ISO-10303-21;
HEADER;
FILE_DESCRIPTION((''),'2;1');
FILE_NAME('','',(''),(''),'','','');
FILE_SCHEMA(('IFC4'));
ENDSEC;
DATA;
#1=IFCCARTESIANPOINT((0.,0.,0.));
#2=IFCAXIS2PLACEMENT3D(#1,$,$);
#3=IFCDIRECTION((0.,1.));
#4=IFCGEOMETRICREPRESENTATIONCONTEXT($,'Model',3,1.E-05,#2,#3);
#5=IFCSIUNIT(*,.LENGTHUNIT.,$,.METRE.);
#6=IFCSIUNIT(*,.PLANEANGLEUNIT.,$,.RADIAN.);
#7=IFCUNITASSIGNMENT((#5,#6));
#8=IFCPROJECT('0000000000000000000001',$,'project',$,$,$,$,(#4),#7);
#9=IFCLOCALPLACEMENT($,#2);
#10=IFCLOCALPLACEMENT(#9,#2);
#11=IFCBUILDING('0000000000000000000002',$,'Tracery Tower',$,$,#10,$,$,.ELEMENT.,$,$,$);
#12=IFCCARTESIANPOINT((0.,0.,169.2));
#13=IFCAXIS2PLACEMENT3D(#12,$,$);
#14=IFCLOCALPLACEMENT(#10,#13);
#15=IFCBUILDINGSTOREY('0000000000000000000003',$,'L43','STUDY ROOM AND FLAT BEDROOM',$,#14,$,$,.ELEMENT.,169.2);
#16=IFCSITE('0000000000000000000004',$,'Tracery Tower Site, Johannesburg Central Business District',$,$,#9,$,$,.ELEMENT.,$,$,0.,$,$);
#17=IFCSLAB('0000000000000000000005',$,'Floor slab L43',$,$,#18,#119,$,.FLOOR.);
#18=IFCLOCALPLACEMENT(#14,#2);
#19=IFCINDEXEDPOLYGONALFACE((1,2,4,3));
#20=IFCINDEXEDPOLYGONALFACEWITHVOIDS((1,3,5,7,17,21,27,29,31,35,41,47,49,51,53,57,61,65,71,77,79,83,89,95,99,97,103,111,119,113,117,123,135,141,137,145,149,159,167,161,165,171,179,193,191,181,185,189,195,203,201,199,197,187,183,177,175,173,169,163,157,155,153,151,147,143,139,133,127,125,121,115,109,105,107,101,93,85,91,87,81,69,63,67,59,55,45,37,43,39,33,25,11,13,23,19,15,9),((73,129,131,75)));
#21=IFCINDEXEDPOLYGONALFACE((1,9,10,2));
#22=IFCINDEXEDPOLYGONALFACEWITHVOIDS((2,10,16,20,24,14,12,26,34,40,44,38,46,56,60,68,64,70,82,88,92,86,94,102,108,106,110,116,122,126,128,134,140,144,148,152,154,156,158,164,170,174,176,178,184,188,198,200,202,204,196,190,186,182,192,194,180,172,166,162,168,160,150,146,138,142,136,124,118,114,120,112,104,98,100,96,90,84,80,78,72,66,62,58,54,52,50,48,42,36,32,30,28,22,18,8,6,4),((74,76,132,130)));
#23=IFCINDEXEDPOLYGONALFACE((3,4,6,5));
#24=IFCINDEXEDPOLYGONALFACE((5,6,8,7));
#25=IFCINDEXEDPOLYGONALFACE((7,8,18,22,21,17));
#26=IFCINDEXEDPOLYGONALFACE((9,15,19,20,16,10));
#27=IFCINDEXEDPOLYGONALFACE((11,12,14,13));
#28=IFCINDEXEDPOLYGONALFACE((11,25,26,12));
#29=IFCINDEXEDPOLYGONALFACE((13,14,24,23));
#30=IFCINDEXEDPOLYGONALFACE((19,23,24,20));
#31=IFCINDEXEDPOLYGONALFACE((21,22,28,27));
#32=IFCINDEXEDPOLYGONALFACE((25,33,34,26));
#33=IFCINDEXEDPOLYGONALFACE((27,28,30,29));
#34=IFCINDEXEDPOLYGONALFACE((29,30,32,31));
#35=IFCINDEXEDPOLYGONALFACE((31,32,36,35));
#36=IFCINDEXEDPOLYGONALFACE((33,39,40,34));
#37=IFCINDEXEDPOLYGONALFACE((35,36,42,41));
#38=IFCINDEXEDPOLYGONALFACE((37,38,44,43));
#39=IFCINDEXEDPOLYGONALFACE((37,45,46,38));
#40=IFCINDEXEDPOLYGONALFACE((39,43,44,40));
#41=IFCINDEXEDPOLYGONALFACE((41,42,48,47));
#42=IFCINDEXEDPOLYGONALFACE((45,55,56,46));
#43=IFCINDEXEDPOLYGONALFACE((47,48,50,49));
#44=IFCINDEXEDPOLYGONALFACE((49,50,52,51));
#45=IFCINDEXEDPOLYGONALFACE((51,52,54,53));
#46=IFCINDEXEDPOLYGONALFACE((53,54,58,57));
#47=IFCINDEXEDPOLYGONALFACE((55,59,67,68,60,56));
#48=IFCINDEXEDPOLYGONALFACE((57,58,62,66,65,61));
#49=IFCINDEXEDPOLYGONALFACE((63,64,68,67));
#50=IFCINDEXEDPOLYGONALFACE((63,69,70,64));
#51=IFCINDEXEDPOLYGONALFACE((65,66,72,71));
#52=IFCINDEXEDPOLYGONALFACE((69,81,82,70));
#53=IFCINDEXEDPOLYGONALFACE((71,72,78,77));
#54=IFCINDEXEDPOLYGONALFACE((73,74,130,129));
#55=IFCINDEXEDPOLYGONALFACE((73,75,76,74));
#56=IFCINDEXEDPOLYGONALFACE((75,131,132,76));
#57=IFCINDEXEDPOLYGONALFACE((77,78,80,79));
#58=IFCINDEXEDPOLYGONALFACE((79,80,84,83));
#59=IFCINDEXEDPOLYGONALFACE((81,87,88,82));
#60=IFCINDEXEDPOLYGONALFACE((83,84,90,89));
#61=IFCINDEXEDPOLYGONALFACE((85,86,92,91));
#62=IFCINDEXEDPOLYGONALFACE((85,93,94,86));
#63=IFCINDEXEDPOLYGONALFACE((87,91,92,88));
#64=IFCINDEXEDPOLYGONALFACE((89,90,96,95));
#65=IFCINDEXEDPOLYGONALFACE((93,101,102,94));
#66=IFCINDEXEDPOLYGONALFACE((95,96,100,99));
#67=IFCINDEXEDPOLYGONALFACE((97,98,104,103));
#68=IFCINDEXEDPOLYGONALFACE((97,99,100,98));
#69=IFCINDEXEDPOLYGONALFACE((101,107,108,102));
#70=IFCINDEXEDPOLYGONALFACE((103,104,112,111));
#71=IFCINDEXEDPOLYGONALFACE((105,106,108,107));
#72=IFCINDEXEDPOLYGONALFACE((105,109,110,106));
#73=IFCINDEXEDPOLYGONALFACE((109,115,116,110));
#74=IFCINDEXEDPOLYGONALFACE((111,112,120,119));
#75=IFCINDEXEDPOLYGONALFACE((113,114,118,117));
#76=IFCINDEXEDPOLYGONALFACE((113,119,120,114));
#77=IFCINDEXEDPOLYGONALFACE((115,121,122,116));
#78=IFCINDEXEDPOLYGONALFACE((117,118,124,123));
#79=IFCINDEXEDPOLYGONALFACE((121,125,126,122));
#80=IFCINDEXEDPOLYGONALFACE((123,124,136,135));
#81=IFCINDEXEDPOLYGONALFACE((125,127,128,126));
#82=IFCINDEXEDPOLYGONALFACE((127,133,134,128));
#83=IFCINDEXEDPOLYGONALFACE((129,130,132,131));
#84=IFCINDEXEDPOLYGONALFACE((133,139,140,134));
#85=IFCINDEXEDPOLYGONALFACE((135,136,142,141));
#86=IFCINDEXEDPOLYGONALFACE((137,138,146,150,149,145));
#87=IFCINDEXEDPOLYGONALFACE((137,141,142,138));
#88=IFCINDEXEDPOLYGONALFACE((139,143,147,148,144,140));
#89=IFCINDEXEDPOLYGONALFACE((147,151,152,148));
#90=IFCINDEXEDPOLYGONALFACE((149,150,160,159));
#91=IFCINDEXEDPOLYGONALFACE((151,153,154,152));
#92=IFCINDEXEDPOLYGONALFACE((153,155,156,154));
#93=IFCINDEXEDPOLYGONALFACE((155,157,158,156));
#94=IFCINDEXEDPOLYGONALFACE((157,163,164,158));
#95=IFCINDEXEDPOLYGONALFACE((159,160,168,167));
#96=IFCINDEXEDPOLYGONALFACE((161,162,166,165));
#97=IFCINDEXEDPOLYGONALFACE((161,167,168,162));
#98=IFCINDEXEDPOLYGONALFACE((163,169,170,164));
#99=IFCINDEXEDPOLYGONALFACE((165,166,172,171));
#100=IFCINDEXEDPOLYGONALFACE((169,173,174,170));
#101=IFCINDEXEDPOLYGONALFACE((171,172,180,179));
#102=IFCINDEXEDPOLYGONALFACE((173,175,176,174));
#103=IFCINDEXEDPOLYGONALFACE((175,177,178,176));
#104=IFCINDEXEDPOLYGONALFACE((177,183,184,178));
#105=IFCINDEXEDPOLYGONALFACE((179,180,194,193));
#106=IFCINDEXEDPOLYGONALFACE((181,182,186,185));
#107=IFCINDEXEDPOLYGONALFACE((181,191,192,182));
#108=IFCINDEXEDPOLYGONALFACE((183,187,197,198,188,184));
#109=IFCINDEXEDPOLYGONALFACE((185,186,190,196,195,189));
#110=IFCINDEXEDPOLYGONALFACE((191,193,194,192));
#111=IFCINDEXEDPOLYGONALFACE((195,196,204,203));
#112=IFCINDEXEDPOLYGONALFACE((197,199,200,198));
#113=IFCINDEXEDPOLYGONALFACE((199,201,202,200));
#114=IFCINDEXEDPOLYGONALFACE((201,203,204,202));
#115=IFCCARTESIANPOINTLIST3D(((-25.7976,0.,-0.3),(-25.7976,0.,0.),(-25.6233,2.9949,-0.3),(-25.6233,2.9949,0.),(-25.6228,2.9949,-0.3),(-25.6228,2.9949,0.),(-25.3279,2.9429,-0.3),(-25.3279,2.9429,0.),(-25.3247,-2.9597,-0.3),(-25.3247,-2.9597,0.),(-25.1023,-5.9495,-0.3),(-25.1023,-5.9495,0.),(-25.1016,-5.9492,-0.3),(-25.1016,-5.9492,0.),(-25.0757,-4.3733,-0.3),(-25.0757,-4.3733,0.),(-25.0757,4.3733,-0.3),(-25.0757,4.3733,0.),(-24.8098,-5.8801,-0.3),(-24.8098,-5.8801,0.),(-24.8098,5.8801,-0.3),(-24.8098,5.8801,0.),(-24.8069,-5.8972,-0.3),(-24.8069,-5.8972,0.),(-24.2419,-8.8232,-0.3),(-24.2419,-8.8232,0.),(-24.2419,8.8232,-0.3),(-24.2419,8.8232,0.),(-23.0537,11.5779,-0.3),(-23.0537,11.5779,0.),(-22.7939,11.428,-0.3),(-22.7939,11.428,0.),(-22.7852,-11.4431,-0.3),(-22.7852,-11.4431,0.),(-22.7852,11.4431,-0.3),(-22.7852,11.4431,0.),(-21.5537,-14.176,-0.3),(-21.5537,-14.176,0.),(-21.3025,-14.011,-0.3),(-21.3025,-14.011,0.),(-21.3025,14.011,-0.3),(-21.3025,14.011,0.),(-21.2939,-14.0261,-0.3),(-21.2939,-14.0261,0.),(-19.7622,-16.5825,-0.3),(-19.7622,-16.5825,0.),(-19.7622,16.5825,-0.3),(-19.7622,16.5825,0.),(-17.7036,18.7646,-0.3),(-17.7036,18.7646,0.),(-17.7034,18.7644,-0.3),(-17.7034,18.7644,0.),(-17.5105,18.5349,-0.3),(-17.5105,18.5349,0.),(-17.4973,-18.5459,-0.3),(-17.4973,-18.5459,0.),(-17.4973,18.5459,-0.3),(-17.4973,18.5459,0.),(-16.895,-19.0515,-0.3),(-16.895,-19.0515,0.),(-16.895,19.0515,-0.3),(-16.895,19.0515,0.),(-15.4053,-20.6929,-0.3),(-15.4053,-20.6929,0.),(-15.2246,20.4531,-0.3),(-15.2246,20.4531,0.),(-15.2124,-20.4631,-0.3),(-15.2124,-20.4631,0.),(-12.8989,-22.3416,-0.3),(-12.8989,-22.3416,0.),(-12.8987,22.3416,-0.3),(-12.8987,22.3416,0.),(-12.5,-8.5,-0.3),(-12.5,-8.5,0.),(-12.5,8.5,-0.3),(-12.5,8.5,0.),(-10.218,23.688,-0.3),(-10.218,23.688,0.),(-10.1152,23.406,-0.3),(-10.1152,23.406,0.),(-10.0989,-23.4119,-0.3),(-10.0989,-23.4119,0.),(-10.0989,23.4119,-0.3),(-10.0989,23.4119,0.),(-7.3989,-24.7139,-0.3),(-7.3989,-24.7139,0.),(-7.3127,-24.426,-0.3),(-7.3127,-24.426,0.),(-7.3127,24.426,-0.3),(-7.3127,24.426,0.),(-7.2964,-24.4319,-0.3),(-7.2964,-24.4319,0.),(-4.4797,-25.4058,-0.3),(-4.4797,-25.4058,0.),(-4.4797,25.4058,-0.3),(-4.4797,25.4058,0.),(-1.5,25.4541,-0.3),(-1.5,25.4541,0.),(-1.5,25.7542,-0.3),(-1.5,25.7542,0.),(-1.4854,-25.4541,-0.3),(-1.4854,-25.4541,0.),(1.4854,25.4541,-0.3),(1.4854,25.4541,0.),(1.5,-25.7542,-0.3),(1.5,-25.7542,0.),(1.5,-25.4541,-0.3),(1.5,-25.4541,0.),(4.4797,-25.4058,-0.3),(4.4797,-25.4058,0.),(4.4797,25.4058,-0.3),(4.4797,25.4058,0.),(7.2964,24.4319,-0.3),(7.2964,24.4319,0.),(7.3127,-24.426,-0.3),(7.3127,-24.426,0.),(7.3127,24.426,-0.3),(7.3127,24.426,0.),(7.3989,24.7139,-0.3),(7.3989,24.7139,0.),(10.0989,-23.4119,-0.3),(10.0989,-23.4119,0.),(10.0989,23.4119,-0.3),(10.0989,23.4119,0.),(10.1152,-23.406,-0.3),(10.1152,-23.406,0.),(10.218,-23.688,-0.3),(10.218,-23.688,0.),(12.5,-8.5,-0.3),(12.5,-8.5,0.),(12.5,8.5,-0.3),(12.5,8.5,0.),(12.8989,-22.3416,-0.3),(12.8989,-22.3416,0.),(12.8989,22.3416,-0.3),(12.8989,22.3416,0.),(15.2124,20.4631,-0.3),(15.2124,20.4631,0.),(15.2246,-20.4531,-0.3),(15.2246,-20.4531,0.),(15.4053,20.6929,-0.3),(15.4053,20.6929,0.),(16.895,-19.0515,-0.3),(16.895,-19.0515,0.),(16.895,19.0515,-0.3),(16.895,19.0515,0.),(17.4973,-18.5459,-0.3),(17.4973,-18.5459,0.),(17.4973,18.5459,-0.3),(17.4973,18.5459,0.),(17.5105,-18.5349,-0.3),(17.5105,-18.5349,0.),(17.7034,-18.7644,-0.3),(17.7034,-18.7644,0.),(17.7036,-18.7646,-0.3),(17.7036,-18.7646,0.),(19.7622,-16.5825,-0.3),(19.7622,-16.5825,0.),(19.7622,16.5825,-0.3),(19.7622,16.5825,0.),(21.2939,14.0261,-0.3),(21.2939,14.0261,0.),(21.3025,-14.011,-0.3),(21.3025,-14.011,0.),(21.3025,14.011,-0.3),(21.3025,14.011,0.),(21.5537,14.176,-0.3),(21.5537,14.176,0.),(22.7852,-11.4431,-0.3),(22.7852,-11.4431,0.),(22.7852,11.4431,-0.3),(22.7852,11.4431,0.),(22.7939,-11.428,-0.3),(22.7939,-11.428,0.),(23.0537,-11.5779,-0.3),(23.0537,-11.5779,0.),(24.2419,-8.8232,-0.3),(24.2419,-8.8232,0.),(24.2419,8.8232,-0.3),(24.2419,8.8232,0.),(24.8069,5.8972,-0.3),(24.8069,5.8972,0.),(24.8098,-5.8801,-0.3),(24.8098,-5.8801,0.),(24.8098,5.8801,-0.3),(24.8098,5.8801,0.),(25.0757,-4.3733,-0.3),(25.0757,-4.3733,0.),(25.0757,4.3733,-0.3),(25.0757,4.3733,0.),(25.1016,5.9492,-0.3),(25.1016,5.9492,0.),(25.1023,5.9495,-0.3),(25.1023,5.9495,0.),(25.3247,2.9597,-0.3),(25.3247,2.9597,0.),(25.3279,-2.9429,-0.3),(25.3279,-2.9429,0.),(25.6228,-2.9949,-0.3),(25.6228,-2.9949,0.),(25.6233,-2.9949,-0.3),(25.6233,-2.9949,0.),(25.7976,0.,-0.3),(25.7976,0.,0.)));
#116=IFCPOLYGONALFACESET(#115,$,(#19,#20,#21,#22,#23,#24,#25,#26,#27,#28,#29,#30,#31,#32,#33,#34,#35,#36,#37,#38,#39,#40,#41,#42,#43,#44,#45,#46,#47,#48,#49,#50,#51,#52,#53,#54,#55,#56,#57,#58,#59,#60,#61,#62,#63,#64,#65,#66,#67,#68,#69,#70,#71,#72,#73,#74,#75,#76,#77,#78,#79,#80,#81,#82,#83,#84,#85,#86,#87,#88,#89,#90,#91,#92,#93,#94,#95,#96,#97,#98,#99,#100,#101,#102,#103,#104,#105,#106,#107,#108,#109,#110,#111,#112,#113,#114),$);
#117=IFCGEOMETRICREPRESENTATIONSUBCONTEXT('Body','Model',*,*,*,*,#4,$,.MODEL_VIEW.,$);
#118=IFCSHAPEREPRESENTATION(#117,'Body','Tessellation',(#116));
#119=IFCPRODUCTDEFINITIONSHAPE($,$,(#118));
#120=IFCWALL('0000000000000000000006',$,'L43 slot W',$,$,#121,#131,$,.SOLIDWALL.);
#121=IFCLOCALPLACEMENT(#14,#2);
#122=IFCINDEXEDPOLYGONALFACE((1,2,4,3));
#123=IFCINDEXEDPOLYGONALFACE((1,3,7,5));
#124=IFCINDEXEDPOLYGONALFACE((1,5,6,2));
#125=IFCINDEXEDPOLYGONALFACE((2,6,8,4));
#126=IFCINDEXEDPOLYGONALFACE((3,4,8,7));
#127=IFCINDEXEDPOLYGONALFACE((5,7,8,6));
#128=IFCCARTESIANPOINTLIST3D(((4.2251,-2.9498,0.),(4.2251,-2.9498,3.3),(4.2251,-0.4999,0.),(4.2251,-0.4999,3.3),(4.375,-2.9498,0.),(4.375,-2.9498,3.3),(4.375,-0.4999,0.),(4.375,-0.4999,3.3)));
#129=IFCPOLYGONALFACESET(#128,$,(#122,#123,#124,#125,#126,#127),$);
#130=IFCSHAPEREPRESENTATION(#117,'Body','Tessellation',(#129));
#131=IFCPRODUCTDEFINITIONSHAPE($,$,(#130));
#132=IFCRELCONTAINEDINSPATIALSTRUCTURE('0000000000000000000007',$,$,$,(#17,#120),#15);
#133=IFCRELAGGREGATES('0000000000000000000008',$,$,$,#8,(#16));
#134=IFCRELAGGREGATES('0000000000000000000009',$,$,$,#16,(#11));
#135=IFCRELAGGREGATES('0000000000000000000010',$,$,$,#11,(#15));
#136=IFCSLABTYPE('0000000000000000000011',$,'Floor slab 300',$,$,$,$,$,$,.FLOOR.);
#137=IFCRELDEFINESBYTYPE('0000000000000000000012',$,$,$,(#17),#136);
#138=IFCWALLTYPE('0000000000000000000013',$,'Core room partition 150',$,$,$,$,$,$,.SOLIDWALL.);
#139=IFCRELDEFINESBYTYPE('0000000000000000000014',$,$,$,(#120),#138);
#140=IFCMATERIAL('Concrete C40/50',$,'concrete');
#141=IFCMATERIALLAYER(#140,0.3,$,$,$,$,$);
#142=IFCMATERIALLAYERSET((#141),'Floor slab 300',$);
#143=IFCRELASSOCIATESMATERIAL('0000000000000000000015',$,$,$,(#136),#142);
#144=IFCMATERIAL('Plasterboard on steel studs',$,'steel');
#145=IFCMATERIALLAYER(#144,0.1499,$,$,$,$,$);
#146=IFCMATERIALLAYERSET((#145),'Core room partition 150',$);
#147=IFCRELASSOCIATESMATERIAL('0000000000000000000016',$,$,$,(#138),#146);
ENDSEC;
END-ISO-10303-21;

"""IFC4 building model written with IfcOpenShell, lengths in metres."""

from ifc_helpers import new_model, si_unit, direction, frame, frame_2d, origin, place, context, subcontext, project, spatial, polyline, rectangle, outline, extrude, material, layer, layer_set, type_object, element, save


model = new_model("IFC4")

# Units and contexts
model_context = context("Model", 3, precision=1e-05, world=origin(), true_north=direction((0.0, 1.0)))
body_context = subcontext(model_context, "Body", "Model", "MODEL_VIEW")
ifc_project = project(units=[si_unit("LENGTHUNIT", "METRE"), si_unit("PLANEANGLEUNIT", "RADIAN")], contexts=[model_context])

# Site, building, storey
site_placement = place(None, origin())
site = spatial("IfcSite", under=ifc_project, at=site_placement, Name="Tracery Tower Site, Johannesburg Central Business District", CompositionType="ELEMENT", RefElevation=0.0)
building_placement = place(site_placement, origin())
building = spatial("IfcBuilding", under=site, at=building_placement, Name="Tracery Tower", CompositionType="ELEMENT")
storey_placement = place(building_placement, frame((0.0, 0.0, 169.2)))
storey = spatial("IfcBuildingStorey", under=building, at=storey_placement, Name="L43", Description="STUDY ROOM AND FLAT BEDROOM", CompositionType="ELEMENT", Elevation=169.2)

# Slab
ifc_material_1 = material(Name="Concrete C40/50", Category="concrete")
ifc_layer_1 = layer(ifc_material_1, 0.3)
ifc_layer_set_1 = layer_set([ifc_layer_1], Name="Floor slab 300")
slab_type_1 = type_object("IfcSlabType", Name="Floor slab 300", PredefinedType="FLOOR", material=ifc_layer_set_1)
slab_1_placement = place(storey_placement, frame((0.0, 0.0, -0.3)))
element("IfcSlab", 1, at=slab_1_placement, inside=storey, type_object=slab_type_1, Name="Floor slab L43", PredefinedType="FLOOR", context=body_context, shape_type="SweptSolid", body=[
    extrude(outline(polyline([(25.3247, 2.9597), (25.0757, 4.3733), (24.8098, 5.8801), (24.8098, 5.8801), (24.8069, 5.8972), (25.1016, 5.9492), (25.1023, 5.9495), (24.2419, 8.8232), (22.7852, 11.4431), (21.3025, 14.011), (21.3025, 14.011), (21.2939, 14.0261), (21.5537, 14.176), (21.5537, 14.176), (19.7622, 16.5825), (17.4973, 18.5459), (16.895, 19.0515), (15.2124, 20.4631), (15.4053, 20.6929), (12.8989, 22.3416), (10.0989, 23.4119), (7.3127, 24.426), (7.3127, 24.426), (7.2964, 24.4319), (7.3989, 24.7139), (4.4797, 25.4058), (1.4854, 25.4541), (-1.5, 25.4541), (-1.5, 25.7542), (-4.4797, 25.4058), (-7.3127, 24.426), (-10.0989, 23.4119), (-10.0989, 23.4119), (-10.1152, 23.406), (-10.218, 23.688), (-12.8987, 22.3416), (-15.2246, 20.4531), (-16.895, 19.0515), (-17.4973, 18.5459), (-17.4973, 18.5459), (-17.5105, 18.5349), (-17.7034, 18.7644), (-17.7036, 18.7646), (-19.7622, 16.5825), (-21.3025, 14.011), (-22.7852, 11.4431), (-22.7852, 11.4431), (-22.7939, 11.428), (-23.0537, 11.5779), (-23.0537, 11.5779), (-24.2419, 8.8232), (-24.8098, 5.8801), (-25.0757, 4.3733), (-25.3279, 2.9429), (-25.6228, 2.9949), (-25.6233, 2.9949), (-25.7976, 0.0), (-25.3247, -2.9597), (-25.0757, -4.3733), (-24.8098, -5.8801), (-24.8098, -5.8801), (-24.8069, -5.8972), (-25.1016, -5.9492), (-25.1023, -5.9495), (-24.2419, -8.8232), (-22.7852, -11.4431), (-21.3025, -14.011), (-21.3025, -14.011), (-21.2939, -14.0261), (-21.5537, -14.176), (-21.5537, -14.176), (-19.7622, -16.5825), (-17.4973, -18.5459), (-16.895, -19.0515), (-15.2124, -20.4631), (-15.4053, -20.6929), (-12.8989, -22.3416), (-10.0989, -23.4119), (-7.3127, -24.426), (-7.3127, -24.426), (-7.2964, -24.4319), (-7.3989, -24.7139), (-4.4797, -25.4058), (-1.4854, -25.4541), (1.5, -25.4541), (1.5, -25.7542), (4.4797, -25.4058), (7.3127, -24.426), (10.0989, -23.4119), (10.0989, -23.4119), (10.1152, -23.406), (10.218, -23.688), (12.8989, -22.3416), (15.2246, -20.4531), (16.895, -19.0515), (17.4973, -18.5459), (17.4973, -18.5459), (17.5105, -18.5349), (17.7034, -18.7644), (17.7036, -18.7646), (19.7622, -16.5825), (21.3025, -14.011), (22.7852, -11.4431), (22.7852, -11.4431), (22.7939, -11.428), (23.0537, -11.5779), (23.0537, -11.5779), (24.2419, -8.8232), (24.8098, -5.8801), (25.0757, -4.3733), (25.3279, -2.9429), (25.6228, -2.9949), (25.6233, -2.9949), (25.7976, 0.0), (25.3247, 2.9597)]), holes=[polyline([(-12.5, -8.5), (12.5, -8.5), (12.5, 8.5), (-12.5, 8.5), (-12.5, -8.5)])]), origin(), (0.0, 0.0, 1.0), 0.3),
])

# Wall
ifc_material_2 = material(Name="Plasterboard on steel studs", Category="steel")
ifc_layer_2 = layer(ifc_material_2, 0.1499)
ifc_layer_set_2 = layer_set([ifc_layer_2], Name="Core room partition 150")
wall_type_1 = type_object("IfcWallType", Name="Core room partition 150", PredefinedType="SOLIDWALL", material=ifc_layer_set_2)
wall_1_placement = place(storey_placement, frame((4.3, -2.95, 0.0), z_axis=(0.0, 0.0, 1.0), x_axis=(0.0, 1.0, 0.0)))
element("IfcWall", 2, at=wall_1_placement, inside=storey, type_object=wall_type_1, Name="L43 slot W", PredefinedType="SOLIDWALL", context=body_context, shape_type="SweptSolid", body=[
    extrude(rectangle(XDim=2.45, YDim=0.1499, at=frame_2d((1.2251, 0.0))), origin(), (0.0, 0.0, 1.0), 3.3),
])

save(model, "model.ifc")
